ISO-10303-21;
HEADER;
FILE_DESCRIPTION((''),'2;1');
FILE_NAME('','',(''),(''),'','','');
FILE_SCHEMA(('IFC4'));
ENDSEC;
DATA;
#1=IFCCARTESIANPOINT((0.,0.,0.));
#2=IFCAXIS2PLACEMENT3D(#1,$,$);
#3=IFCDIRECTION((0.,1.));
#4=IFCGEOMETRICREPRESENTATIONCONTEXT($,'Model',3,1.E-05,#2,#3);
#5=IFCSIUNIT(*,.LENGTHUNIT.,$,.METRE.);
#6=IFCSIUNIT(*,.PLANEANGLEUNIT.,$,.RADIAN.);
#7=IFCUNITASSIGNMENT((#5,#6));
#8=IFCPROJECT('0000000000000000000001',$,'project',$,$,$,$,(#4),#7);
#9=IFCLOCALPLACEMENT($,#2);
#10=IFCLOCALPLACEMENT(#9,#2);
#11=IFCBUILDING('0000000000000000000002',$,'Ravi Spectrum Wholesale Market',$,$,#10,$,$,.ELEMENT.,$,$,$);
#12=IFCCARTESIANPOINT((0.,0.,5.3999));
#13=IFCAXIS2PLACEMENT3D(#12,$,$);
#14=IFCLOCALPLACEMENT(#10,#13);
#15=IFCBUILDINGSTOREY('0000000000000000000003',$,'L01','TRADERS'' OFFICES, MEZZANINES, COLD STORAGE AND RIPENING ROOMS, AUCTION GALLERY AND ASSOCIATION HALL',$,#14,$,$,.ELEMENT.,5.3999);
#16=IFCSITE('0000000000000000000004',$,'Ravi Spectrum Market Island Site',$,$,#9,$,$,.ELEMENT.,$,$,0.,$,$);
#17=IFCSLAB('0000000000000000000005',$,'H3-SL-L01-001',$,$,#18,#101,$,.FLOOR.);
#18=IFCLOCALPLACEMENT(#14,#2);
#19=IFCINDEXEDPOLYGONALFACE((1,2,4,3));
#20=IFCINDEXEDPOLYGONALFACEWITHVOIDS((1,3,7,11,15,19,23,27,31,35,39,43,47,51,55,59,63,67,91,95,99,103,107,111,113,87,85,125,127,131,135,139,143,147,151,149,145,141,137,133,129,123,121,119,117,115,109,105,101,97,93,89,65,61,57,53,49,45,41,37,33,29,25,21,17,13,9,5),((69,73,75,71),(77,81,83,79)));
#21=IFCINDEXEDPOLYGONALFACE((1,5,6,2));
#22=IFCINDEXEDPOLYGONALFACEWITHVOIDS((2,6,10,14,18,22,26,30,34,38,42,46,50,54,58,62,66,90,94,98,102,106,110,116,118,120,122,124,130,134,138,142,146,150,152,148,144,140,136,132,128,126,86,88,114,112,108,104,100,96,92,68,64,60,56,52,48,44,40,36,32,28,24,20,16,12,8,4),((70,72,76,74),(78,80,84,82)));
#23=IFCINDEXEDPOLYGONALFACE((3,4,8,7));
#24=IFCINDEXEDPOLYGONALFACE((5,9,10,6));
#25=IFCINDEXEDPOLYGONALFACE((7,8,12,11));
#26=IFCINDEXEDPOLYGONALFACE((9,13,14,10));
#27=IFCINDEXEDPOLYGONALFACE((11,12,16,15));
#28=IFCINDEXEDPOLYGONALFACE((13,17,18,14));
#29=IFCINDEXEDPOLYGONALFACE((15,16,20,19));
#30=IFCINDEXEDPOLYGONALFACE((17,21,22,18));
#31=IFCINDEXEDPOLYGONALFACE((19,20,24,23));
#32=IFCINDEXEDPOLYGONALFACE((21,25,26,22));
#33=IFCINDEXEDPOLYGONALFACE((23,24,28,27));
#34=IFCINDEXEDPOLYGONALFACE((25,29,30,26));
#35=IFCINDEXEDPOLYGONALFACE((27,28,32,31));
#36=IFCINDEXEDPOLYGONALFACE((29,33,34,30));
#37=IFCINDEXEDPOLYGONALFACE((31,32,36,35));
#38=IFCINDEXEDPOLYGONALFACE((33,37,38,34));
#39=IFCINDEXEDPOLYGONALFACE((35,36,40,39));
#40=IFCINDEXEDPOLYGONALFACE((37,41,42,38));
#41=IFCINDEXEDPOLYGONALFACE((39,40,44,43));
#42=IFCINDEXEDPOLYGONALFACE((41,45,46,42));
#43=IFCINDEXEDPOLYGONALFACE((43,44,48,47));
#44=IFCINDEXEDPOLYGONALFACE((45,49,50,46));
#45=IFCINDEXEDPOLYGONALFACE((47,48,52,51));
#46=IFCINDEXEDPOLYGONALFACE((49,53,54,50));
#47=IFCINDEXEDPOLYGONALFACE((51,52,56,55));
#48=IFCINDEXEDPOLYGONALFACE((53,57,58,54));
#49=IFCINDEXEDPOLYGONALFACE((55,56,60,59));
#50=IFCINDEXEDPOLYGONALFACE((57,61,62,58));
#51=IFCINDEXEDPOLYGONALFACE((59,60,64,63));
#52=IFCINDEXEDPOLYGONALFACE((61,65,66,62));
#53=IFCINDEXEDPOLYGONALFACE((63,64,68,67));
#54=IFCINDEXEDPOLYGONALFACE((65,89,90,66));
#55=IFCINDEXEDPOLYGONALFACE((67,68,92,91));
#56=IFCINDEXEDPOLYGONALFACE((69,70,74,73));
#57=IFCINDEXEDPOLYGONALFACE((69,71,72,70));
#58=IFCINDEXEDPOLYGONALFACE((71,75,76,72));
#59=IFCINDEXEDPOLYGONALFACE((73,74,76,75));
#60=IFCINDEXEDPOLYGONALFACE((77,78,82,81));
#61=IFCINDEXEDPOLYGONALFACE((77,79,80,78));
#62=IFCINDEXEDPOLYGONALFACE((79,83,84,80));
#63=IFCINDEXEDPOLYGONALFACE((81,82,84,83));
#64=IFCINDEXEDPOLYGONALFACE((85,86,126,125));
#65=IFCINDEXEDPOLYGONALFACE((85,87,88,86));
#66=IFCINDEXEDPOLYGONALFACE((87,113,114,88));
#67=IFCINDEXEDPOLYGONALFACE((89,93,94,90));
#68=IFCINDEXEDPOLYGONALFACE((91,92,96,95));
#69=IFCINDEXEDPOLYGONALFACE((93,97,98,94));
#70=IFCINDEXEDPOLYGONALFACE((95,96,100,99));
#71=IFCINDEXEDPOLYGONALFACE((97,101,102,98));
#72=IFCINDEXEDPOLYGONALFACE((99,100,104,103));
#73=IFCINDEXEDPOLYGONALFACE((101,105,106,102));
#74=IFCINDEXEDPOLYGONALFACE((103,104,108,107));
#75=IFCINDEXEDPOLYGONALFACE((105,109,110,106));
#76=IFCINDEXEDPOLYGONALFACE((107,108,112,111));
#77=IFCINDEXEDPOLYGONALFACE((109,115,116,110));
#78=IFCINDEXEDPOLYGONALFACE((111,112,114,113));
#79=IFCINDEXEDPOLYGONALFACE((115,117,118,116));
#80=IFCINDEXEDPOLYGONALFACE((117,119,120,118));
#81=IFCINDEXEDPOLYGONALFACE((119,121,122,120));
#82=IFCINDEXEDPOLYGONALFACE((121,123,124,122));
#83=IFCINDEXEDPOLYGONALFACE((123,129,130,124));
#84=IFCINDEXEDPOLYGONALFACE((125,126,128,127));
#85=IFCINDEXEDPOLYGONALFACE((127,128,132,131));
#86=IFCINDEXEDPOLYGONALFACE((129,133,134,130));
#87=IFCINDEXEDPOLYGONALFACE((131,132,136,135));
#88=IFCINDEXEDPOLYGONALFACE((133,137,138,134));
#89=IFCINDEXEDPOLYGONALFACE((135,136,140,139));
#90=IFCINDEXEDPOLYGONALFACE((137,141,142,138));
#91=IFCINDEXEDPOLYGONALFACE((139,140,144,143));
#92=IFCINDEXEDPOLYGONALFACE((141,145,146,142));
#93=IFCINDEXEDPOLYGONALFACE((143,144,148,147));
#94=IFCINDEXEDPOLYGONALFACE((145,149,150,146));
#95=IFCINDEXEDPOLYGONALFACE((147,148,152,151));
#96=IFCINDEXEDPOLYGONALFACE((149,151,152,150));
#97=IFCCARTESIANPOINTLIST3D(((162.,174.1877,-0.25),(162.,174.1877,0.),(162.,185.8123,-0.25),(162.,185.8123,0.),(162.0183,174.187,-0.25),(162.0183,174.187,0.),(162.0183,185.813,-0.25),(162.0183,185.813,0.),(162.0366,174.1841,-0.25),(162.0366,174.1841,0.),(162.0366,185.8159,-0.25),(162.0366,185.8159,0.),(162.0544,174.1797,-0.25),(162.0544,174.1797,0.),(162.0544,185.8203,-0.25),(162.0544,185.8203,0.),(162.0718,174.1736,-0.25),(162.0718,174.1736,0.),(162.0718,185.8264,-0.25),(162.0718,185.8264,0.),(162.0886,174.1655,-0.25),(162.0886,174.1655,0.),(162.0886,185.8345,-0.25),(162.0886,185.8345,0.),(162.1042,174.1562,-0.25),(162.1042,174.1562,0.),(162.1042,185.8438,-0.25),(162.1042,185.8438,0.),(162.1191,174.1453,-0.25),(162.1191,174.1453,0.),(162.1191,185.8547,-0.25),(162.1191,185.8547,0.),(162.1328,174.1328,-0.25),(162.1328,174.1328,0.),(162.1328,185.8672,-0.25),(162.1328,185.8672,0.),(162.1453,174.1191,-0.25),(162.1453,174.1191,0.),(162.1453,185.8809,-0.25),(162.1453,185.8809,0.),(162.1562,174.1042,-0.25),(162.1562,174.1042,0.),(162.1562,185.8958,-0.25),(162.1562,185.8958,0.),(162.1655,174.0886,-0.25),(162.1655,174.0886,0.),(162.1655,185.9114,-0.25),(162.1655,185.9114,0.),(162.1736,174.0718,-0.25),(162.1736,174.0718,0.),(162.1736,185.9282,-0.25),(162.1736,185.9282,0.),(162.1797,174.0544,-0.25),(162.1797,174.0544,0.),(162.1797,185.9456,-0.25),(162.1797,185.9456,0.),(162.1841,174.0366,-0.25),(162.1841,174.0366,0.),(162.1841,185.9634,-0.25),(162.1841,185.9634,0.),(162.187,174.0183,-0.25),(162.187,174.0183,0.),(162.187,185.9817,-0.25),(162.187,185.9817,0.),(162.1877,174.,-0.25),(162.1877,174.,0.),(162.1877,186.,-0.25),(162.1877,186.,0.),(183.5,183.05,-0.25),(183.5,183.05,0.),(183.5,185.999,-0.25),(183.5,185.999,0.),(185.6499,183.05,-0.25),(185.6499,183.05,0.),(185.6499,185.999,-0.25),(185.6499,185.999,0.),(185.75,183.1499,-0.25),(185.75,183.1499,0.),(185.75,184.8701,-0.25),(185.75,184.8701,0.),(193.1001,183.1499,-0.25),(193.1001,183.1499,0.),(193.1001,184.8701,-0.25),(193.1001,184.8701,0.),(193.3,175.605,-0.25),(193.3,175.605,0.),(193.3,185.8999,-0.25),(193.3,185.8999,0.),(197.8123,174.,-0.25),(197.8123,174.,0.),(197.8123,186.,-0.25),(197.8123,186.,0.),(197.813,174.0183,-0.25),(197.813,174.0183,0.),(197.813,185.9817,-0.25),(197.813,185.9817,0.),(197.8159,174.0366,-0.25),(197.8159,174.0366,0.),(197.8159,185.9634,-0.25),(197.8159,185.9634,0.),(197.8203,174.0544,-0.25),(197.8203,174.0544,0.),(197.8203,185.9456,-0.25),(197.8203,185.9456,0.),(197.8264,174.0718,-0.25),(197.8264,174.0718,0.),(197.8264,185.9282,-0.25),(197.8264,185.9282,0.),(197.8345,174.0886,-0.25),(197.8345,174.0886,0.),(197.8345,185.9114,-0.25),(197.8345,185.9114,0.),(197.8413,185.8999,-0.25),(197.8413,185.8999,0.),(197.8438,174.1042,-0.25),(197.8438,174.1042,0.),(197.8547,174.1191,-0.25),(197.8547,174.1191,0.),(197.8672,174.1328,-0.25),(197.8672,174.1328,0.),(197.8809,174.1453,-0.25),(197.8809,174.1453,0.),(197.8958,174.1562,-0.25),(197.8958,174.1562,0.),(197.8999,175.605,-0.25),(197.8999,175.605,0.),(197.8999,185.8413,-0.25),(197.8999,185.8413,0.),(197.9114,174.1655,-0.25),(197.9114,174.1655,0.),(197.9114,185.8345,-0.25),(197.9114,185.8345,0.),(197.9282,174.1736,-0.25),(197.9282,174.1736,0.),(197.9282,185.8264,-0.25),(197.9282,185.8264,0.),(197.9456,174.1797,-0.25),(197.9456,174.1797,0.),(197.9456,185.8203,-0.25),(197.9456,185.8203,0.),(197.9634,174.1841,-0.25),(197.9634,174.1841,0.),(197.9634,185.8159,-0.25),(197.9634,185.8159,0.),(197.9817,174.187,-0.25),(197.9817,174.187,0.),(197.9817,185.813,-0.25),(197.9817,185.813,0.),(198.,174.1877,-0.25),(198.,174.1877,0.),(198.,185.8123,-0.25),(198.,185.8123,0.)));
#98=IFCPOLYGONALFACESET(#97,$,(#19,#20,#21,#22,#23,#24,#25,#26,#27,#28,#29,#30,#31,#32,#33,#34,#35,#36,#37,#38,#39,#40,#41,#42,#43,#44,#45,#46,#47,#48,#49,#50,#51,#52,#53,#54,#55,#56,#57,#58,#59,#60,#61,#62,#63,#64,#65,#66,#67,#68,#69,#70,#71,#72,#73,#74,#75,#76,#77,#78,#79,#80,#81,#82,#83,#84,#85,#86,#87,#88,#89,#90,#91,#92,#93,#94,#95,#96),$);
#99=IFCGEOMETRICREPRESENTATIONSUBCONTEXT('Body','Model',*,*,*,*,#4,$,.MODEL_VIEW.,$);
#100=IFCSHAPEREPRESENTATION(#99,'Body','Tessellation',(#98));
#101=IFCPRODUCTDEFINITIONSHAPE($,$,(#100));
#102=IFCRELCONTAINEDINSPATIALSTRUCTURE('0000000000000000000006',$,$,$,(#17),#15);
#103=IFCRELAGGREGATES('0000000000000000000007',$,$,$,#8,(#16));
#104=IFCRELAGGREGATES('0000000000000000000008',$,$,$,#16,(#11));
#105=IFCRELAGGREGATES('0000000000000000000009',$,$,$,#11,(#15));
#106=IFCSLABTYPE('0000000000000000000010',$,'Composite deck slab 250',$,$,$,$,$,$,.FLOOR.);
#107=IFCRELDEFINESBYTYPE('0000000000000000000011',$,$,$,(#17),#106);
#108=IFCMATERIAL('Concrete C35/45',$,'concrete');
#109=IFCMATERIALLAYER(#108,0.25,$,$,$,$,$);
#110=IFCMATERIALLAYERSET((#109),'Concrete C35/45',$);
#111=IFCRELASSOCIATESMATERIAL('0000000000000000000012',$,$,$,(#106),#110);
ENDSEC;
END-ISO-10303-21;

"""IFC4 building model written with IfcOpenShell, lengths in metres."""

from ifc_helpers import new_model, si_unit, direction, frame, origin, place, context, subcontext, project, spatial, polyline, outline, extrude, material, layer, layer_set, type_object, element, save


model = new_model("IFC4")

# Units and contexts
model_context = context("Model", 3, precision=1e-05, world=origin(), true_north=direction((0.0, 1.0)))
body_context = subcontext(model_context, "Body", "Model", "MODEL_VIEW")
ifc_project = project(units=[si_unit("LENGTHUNIT", "METRE"), si_unit("PLANEANGLEUNIT", "RADIAN")], contexts=[model_context])

# Site, building, storey
site_placement = place(None, origin())
site = spatial("IfcSite", under=ifc_project, at=site_placement, Name="Ravi Spectrum Market Island Site", CompositionType="ELEMENT", RefElevation=0.0)
building_placement = place(site_placement, origin())
building = spatial("IfcBuilding", under=site, at=building_placement, Name="Ravi Spectrum Wholesale Market", CompositionType="ELEMENT")
storey_placement = place(building_placement, frame((0.0, 0.0, 5.3999)))
storey = spatial("IfcBuildingStorey", under=building, at=storey_placement, Name="L01", Description="TRADERS' OFFICES, MEZZANINES, COLD STORAGE AND RIPENING ROOMS, AUCTION GALLERY AND ASSOCIATION HALL", CompositionType="ELEMENT", Elevation=5.3999)

# Slab
ifc_material_1 = material(Name="Concrete C35/45", Category="concrete")
ifc_layer_1 = layer(ifc_material_1, 0.25)
ifc_layer_set_1 = layer_set([ifc_layer_1], Name="Concrete C35/45")
slab_type_1 = type_object("IfcSlabType", Name="Composite deck slab 250", PredefinedType="FLOOR", material=ifc_layer_set_1)
slab_1_placement = place(storey_placement, frame((0.0, 0.0, -0.25)))
element("IfcSlab", 1, at=slab_1_placement, inside=storey, type_object=slab_type_1, Name="H3-SL-L01-001", PredefinedType="FLOOR", context=body_context, shape_type="SweptSolid", body=[
    extrude(outline(polyline([(162.1877, 174.0), (162.187, 174.0183), (162.1841, 174.0366), (162.1797, 174.0544), (162.1736, 174.0718), (162.1655, 174.0886), (162.1562, 174.1042), (162.1453, 174.1191), (162.1328, 174.1328), (162.1191, 174.1453), (162.1042, 174.1562), (162.0886, 174.1655), (162.0718, 174.1736), (162.0544, 174.1797), (162.0366, 174.1841), (162.0183, 174.187), (162.0, 174.1877), (162.0, 185.8123), (162.0183, 185.813), (162.0366, 185.8159), (162.0544, 185.8203), (162.0718, 185.8264), (162.0886, 185.8345), (162.1042, 185.8438), (162.1191, 185.8547), (162.1328, 185.8672), (162.1453, 185.8809), (162.1562, 185.8958), (162.1655, 185.9114), (162.1736, 185.9282), (162.1797, 185.9456), (162.1841, 185.9634), (162.187, 185.9817), (162.1877, 186.0), (197.8123, 186.0), (197.813, 185.9817), (197.8159, 185.9634), (197.8203, 185.9456), (197.8264, 185.9282), (197.8345, 185.9114), (197.8413, 185.8999), (193.3, 185.8999), (193.3, 175.605), (197.8999, 175.605), (197.8999, 185.8413), (197.9114, 185.8345), (197.9282, 185.8264), (197.9456, 185.8203), (197.9634, 185.8159), (197.9817, 185.813), (198.0, 185.8123), (198.0, 174.1877), (197.9817, 174.187), (197.9634, 174.1841), (197.9456, 174.1797), (197.9282, 174.1736), (197.9114, 174.1655), (197.8958, 174.1562), (197.8809, 174.1453), (197.8672, 174.1328), (197.8547, 174.1191), (197.8438, 174.1042), (197.8345, 174.0886), (197.8264, 174.0718), (197.8203, 174.0544), (197.8159, 174.0366), (197.813, 174.0183), (197.8123, 174.0), (162.1877, 174.0)]), holes=[polyline([(193.1001, 184.8701), (185.75, 184.8701), (185.75, 183.1499), (193.1001, 183.1499), (193.1001, 184.8701)]), polyline([(185.6499, 185.999), (183.5, 185.999), (183.5, 183.05), (185.6499, 183.05), (185.6499, 185.999)])]), origin(), (0.0, 0.0, 1.0), 0.25),
])

save(model, "model.ifc")
